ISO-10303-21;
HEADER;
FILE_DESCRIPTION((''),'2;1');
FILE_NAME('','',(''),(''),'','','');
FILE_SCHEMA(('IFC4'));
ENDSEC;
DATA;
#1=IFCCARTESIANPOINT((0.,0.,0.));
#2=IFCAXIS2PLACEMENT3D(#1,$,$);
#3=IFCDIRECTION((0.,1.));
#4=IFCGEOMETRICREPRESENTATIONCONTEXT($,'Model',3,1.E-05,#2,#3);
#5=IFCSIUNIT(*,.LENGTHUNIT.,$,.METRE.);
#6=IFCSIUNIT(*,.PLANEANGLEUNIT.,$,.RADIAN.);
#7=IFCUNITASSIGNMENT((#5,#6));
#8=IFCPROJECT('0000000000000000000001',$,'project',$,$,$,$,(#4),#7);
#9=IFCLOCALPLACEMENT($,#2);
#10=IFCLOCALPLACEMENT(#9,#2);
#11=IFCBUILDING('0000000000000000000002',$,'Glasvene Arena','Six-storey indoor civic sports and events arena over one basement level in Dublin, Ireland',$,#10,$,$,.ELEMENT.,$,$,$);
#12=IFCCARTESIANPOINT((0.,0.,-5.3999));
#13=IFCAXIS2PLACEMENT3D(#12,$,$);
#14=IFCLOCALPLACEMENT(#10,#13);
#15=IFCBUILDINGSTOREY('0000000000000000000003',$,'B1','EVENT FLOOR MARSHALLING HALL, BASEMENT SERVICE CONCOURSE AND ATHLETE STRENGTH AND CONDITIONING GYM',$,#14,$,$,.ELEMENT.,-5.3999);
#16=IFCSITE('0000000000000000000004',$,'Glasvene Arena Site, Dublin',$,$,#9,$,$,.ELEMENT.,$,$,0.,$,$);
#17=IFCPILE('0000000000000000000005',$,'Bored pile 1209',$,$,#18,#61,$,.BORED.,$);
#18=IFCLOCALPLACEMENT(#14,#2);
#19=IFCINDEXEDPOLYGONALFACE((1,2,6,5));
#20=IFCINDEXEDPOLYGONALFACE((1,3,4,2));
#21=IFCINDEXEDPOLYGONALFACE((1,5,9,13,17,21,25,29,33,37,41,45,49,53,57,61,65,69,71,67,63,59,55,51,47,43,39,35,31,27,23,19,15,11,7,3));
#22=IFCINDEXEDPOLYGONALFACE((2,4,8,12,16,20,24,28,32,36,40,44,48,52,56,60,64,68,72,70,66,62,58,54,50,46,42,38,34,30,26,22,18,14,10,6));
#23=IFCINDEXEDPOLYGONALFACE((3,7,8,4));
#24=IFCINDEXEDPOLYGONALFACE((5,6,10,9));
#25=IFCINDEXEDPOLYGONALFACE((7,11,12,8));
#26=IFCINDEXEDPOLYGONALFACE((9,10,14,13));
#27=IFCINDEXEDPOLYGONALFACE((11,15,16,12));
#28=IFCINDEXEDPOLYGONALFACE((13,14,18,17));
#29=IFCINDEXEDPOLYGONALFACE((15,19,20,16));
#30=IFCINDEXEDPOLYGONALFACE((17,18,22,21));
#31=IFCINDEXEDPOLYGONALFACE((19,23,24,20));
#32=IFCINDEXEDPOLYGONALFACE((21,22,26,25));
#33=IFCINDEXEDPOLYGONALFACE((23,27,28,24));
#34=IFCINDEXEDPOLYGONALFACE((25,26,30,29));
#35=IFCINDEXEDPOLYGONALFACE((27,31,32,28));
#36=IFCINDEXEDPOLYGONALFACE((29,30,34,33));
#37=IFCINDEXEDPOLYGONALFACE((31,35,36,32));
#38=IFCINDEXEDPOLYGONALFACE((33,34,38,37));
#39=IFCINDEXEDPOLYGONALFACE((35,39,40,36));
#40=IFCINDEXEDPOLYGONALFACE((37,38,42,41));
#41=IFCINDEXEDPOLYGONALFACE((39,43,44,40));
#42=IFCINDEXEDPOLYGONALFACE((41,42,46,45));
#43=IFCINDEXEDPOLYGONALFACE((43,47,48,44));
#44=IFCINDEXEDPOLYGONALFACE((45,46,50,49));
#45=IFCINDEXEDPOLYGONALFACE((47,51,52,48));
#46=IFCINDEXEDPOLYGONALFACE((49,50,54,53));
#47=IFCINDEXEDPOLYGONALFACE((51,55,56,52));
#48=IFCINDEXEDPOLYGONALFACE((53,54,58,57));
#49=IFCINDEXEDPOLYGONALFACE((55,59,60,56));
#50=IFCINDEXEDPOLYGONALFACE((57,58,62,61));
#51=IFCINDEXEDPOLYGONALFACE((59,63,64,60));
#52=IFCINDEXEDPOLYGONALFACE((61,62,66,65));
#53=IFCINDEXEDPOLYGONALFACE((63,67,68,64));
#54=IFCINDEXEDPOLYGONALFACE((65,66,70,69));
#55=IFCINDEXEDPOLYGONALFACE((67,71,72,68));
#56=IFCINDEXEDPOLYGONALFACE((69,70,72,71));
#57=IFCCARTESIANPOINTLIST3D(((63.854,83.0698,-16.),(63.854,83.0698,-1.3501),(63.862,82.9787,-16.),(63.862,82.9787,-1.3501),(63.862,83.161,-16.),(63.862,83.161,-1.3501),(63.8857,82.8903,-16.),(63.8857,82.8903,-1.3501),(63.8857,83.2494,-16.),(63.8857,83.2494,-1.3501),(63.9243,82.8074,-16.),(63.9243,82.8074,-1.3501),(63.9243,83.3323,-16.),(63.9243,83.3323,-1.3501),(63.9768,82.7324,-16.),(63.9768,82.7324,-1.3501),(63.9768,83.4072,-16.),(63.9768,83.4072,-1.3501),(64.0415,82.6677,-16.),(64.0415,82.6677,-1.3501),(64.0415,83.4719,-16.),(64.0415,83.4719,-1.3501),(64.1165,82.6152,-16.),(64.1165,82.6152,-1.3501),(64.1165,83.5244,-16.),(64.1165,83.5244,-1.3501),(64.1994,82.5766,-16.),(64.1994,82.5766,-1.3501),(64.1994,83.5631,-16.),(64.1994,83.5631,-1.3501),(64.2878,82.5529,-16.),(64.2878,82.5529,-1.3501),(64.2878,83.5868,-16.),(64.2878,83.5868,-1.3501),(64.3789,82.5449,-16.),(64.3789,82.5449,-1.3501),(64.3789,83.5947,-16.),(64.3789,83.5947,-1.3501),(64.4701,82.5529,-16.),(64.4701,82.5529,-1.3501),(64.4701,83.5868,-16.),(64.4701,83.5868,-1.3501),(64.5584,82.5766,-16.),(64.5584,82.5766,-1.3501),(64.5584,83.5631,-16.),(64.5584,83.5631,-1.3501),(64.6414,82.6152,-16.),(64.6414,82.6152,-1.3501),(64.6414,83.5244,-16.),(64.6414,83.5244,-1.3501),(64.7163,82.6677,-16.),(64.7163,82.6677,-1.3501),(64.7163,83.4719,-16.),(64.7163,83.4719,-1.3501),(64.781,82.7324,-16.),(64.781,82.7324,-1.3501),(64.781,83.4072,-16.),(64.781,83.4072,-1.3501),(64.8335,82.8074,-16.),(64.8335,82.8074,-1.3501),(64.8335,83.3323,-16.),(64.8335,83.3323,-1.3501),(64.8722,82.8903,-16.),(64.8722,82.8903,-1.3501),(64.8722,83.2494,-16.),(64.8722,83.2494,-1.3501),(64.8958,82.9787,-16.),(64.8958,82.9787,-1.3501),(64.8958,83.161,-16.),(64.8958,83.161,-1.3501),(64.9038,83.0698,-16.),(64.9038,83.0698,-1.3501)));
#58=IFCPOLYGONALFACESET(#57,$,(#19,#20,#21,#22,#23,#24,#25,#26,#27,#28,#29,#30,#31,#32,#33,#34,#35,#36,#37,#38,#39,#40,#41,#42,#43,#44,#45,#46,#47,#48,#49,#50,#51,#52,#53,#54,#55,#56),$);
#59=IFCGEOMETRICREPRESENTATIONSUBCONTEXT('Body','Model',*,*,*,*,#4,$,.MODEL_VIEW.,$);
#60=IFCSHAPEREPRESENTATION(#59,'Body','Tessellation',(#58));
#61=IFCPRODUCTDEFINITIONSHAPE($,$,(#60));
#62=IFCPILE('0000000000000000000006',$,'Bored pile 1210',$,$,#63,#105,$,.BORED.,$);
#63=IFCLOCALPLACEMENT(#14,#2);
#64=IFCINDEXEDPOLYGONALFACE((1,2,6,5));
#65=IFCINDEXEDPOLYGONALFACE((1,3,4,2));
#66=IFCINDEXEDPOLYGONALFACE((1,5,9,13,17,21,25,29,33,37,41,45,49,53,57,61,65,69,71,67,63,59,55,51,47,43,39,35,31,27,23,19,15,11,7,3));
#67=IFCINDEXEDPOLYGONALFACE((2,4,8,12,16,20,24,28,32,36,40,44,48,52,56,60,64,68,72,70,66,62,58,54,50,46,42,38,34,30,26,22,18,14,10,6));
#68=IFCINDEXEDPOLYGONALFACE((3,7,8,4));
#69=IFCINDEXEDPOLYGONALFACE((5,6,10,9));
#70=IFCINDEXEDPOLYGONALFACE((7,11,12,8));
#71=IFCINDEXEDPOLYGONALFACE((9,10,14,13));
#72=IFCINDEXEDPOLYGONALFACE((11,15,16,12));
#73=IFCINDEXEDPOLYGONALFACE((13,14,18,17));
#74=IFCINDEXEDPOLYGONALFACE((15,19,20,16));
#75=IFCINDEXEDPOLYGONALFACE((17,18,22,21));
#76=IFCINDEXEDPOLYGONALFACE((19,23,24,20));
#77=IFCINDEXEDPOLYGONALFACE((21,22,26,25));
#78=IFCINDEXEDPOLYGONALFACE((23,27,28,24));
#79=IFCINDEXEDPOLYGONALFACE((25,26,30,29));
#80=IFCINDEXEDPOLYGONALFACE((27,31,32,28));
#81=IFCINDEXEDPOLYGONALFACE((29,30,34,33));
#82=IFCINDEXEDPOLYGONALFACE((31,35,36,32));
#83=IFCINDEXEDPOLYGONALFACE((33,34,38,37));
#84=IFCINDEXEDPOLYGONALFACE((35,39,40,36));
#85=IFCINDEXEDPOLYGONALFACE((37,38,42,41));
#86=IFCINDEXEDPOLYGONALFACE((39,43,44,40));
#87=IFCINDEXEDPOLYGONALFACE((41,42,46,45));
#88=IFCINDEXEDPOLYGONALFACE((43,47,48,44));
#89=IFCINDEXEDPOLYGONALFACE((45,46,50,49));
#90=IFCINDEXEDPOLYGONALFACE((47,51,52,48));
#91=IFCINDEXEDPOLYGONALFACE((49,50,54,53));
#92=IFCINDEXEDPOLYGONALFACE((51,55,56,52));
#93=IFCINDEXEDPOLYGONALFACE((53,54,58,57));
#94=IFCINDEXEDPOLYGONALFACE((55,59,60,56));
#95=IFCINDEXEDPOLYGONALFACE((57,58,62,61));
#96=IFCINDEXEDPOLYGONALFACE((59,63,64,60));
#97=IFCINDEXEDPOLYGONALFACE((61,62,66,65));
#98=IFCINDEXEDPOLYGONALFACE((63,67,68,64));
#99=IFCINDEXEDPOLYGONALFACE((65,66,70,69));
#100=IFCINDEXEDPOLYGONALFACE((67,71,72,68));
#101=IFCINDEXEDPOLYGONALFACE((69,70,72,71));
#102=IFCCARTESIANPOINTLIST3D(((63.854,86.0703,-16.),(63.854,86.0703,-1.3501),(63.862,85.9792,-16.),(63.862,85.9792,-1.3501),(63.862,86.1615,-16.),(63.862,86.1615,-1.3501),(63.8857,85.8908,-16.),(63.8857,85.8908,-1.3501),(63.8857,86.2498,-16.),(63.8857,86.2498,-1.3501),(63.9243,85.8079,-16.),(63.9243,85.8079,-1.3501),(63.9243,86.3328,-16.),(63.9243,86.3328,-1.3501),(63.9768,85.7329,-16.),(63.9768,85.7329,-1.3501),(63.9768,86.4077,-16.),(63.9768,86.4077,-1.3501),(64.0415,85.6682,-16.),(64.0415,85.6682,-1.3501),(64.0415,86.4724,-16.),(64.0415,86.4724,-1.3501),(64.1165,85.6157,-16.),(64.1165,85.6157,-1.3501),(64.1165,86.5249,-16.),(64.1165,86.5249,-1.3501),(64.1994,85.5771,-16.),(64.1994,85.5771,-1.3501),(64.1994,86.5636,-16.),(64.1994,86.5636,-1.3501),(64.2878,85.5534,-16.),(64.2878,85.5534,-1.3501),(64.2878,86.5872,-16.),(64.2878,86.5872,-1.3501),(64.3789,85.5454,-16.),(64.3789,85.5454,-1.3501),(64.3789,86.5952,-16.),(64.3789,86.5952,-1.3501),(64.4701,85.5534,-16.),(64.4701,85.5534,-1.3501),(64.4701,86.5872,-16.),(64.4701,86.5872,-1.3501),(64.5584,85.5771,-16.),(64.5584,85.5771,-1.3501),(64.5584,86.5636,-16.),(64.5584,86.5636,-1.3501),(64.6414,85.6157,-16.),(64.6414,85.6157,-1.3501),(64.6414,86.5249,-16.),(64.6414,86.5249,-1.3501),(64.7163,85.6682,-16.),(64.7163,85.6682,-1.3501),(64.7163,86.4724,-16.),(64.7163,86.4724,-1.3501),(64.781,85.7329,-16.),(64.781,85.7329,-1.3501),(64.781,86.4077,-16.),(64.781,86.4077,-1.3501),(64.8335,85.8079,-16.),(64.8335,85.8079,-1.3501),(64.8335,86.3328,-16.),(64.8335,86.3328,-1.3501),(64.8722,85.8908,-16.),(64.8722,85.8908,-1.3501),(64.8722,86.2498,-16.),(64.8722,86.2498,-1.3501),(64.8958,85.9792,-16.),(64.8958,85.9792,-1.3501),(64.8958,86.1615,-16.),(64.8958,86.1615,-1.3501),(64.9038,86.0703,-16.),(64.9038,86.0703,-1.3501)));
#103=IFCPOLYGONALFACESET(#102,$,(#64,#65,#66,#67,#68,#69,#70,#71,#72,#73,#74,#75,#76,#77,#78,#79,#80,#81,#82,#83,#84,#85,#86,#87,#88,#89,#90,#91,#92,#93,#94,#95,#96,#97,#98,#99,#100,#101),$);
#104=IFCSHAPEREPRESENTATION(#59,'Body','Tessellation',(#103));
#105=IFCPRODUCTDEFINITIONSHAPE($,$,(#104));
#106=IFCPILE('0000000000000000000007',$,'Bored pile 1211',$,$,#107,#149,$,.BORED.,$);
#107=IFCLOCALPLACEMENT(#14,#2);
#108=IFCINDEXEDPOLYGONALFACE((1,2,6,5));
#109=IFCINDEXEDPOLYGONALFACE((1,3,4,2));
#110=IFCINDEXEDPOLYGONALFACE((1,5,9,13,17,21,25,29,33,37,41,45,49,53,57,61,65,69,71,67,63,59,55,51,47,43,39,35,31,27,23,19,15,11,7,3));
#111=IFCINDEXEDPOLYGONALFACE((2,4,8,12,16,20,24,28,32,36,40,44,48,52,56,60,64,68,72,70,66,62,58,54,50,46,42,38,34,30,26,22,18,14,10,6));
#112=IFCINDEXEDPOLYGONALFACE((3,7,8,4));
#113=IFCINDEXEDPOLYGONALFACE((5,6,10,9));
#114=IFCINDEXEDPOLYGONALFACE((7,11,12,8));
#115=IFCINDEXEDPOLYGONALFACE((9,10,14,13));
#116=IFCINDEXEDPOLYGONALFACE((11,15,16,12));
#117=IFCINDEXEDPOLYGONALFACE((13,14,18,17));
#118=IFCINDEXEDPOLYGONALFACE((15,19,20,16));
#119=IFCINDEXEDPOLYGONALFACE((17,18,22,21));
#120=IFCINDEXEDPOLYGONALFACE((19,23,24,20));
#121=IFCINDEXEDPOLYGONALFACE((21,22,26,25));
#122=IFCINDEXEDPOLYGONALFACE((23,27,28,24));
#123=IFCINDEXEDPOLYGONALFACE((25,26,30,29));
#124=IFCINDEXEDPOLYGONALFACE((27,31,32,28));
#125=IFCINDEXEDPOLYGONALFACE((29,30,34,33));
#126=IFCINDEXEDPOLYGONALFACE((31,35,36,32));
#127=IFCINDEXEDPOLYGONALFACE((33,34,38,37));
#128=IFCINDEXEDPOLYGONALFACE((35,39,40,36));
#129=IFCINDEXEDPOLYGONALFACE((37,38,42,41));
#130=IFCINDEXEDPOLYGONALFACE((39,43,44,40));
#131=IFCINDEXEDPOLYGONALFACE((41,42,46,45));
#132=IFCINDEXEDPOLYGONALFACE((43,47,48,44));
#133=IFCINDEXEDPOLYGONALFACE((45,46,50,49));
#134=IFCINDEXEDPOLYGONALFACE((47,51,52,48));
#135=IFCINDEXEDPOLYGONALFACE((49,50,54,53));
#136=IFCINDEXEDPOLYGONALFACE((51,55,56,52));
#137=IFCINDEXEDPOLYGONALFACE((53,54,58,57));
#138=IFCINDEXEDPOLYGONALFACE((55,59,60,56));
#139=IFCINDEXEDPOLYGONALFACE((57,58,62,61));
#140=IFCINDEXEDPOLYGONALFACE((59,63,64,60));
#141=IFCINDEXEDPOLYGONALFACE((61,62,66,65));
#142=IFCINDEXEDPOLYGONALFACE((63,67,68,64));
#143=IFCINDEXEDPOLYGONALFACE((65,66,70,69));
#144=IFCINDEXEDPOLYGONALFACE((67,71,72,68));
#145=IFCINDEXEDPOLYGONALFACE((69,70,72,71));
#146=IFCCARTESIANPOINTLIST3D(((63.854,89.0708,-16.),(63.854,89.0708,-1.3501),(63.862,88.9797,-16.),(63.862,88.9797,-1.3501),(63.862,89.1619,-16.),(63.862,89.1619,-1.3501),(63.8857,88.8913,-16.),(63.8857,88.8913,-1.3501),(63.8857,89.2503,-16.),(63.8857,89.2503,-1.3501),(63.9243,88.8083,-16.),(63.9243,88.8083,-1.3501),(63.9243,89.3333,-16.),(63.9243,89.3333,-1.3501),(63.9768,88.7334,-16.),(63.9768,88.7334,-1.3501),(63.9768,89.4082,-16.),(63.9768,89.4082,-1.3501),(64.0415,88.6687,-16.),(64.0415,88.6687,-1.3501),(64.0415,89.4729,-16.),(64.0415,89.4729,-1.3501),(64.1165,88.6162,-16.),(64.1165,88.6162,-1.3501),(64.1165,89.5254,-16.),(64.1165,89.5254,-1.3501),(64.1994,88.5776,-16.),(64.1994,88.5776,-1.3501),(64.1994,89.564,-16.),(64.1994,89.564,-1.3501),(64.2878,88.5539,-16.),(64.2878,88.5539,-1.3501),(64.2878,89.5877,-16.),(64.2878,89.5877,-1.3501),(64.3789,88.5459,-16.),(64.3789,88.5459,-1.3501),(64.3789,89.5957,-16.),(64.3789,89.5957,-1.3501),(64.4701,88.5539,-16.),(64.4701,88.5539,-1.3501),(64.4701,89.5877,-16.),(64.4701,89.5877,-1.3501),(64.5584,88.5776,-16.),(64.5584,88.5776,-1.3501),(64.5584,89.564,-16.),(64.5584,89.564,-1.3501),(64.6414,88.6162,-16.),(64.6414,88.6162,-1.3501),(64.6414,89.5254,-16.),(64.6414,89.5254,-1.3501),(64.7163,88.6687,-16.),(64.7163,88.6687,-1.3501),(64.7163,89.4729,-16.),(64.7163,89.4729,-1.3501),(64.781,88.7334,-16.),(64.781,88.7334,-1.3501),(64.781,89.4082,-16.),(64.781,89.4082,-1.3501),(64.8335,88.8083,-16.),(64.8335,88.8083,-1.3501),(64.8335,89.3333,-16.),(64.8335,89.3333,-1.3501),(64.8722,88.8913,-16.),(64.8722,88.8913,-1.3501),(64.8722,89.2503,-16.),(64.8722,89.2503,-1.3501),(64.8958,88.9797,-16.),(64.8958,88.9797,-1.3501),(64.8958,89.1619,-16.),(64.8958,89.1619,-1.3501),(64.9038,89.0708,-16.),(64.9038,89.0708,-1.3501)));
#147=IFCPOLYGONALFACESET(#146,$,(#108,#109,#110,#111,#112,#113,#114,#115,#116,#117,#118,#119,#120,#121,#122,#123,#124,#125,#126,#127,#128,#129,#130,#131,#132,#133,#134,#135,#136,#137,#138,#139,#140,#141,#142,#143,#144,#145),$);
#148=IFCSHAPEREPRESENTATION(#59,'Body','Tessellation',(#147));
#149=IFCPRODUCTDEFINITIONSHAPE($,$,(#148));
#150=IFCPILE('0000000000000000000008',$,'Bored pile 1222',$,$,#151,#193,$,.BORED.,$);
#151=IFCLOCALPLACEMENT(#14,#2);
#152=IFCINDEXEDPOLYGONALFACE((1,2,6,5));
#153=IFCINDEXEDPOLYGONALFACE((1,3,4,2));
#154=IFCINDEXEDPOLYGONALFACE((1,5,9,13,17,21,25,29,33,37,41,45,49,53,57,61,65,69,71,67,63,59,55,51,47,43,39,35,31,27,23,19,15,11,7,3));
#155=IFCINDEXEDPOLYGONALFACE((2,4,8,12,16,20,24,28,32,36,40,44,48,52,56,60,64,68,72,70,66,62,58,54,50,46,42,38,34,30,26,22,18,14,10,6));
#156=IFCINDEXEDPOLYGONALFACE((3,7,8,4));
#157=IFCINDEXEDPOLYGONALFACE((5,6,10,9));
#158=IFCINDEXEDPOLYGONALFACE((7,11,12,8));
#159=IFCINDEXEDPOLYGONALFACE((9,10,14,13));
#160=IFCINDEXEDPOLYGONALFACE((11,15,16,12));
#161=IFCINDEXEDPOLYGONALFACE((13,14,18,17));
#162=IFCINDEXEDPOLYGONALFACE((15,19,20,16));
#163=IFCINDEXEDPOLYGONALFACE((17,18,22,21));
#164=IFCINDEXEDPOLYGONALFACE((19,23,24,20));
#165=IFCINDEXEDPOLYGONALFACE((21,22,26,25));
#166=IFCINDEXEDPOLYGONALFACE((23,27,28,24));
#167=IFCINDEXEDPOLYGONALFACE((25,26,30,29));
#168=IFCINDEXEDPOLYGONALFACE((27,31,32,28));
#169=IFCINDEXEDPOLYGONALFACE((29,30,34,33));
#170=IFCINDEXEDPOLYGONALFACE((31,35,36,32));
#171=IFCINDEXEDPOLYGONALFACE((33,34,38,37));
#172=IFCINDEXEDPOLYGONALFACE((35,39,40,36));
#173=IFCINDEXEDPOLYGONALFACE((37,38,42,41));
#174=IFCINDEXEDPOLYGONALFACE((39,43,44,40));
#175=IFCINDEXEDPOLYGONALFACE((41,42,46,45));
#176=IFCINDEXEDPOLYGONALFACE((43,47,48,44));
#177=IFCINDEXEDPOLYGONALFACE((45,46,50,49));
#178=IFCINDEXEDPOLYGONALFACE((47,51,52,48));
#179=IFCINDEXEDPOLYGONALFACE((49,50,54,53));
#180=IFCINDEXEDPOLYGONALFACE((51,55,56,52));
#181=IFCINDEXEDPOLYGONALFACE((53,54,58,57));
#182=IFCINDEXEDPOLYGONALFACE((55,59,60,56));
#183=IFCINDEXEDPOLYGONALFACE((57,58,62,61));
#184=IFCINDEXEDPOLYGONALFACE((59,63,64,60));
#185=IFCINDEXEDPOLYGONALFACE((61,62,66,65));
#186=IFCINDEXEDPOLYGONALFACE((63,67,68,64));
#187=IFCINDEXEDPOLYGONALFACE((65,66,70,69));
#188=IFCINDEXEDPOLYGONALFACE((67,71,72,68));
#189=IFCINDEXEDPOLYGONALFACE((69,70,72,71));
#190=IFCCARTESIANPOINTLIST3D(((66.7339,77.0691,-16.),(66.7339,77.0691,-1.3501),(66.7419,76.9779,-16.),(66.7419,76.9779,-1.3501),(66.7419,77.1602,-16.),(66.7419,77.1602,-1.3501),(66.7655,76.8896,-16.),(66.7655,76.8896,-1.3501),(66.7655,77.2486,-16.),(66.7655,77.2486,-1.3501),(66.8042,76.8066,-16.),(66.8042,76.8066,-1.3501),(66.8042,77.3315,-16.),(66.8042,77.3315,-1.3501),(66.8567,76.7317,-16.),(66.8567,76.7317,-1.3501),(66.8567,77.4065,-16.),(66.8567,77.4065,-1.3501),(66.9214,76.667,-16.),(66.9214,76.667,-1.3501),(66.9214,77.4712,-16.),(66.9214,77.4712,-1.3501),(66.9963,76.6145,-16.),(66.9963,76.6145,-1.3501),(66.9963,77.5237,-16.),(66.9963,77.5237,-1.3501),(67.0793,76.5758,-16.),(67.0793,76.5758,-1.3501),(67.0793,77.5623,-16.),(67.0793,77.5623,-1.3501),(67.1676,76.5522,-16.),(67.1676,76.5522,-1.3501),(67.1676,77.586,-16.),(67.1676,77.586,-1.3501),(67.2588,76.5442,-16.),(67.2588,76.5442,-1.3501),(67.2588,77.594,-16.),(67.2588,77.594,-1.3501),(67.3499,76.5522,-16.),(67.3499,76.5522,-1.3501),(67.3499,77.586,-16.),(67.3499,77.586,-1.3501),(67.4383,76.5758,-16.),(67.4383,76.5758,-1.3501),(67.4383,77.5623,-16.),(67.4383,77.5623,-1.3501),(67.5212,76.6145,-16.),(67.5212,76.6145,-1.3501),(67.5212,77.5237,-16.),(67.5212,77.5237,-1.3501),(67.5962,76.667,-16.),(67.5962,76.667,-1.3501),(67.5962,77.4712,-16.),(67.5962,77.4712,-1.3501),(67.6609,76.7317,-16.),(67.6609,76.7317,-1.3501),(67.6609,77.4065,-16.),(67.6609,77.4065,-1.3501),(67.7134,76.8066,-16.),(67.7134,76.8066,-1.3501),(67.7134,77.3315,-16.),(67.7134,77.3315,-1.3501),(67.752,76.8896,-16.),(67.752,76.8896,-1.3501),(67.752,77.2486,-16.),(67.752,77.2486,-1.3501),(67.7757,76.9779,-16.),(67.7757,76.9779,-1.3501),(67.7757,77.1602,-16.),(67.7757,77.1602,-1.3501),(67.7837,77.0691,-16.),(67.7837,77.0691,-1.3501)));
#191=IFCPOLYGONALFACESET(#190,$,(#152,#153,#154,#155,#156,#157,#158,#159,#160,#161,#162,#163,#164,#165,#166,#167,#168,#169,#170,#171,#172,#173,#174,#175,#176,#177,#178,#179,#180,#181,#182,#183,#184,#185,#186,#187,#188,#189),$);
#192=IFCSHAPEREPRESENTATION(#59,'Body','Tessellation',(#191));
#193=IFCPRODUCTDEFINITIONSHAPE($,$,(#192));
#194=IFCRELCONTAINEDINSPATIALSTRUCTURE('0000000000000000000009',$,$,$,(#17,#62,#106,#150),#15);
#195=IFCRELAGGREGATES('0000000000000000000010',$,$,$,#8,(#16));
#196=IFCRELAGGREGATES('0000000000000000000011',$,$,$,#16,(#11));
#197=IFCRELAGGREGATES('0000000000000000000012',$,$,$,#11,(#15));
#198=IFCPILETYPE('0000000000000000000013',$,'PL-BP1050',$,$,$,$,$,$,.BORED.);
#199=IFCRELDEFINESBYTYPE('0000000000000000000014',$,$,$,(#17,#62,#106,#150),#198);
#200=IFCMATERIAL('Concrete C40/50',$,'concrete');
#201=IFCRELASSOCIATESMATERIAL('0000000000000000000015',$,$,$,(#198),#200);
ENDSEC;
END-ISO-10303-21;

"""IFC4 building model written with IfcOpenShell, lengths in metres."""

from ifc_helpers import new_model, si_unit, direction, frame, origin, origin_2d, place, context, subcontext, project, spatial, circle, extrude, material, material_profile, profile_set, type_object, element, save


model = new_model("IFC4")

# Units and contexts
model_context = context("Model", 3, precision=1e-05, world=origin(), true_north=direction((0.0, 1.0)))
body_context = subcontext(model_context, "Body", "Model", "MODEL_VIEW")
ifc_project = project(units=[si_unit("LENGTHUNIT", "METRE"), si_unit("PLANEANGLEUNIT", "RADIAN")], contexts=[model_context])

# Site, building, storey
site_placement = place(None, origin())
site = spatial("IfcSite", under=ifc_project, at=site_placement, Name="Glasvene Arena Site, Dublin", CompositionType="ELEMENT", RefElevation=0.0)
building_placement = place(site_placement, origin())
building = spatial("IfcBuilding", under=site, at=building_placement, Name="Glasvene Arena", Description="Six-storey indoor civic sports and events arena over one basement level in Dublin, Ireland", CompositionType="ELEMENT")
storey_placement = place(building_placement, frame((0.0, 0.0, -5.3999)))
storey = spatial("IfcBuildingStorey", under=building, at=storey_placement, Name="B1", Description="EVENT FLOOR MARSHALLING HALL, BASEMENT SERVICE CONCOURSE AND ATHLETE STRENGTH AND CONDITIONING GYM", CompositionType="ELEMENT", Elevation=-5.3999)

# Piles
ifc_material_1 = material(Name="Concrete C40/50", Category="concrete")
ifc_material_profile_1 = material_profile(ifc_material_1, circle(Radius=0.5249, at=origin_2d()), Name="BORED PILE 1050")
ifc_profile_set_1 = profile_set([ifc_material_profile_1], Name="Concrete C40/50")
pile_type = type_object("IfcPileType", Name="PL-BP1050", PredefinedType="BORED", material=ifc_profile_set_1)
for number, where, z_axis, x_axis, name in (
    (1, (64.3789, 83.0698, -1.3501), (0.0, 0.0, -1.0), (1.0, 0.0, 0.0), "Bored pile 1209"),
    (2, (64.3789, 86.0703, -1.3501), (0.0, 0.0, -1.0), (1.0, 0.0, 0.0), "Bored pile 1210"),
    (3, (64.3789, 89.0708, -1.3501), (0.0, 0.0, -1.0), (1.0, 0.0, 0.0), "Bored pile 1211"),
    (4, (67.2588, 77.0691, -1.3501), (0.0, 0.0, -1.0), (1.0, 0.0, 0.0), "Bored pile 1222"),
):
    element("IfcPile", number, at=place(storey_placement, frame(where, z_axis=z_axis, x_axis=x_axis)), inside=storey, type_object=pile_type, Name=name, PredefinedType="BORED", context=body_context, shape_type="SweptSolid", body=[
        extrude(circle(Radius=0.5249, at=origin_2d()), origin(), (0.0, 0.0, 1.0), 14.6499),
    ])

save(model, "model.ifc")
